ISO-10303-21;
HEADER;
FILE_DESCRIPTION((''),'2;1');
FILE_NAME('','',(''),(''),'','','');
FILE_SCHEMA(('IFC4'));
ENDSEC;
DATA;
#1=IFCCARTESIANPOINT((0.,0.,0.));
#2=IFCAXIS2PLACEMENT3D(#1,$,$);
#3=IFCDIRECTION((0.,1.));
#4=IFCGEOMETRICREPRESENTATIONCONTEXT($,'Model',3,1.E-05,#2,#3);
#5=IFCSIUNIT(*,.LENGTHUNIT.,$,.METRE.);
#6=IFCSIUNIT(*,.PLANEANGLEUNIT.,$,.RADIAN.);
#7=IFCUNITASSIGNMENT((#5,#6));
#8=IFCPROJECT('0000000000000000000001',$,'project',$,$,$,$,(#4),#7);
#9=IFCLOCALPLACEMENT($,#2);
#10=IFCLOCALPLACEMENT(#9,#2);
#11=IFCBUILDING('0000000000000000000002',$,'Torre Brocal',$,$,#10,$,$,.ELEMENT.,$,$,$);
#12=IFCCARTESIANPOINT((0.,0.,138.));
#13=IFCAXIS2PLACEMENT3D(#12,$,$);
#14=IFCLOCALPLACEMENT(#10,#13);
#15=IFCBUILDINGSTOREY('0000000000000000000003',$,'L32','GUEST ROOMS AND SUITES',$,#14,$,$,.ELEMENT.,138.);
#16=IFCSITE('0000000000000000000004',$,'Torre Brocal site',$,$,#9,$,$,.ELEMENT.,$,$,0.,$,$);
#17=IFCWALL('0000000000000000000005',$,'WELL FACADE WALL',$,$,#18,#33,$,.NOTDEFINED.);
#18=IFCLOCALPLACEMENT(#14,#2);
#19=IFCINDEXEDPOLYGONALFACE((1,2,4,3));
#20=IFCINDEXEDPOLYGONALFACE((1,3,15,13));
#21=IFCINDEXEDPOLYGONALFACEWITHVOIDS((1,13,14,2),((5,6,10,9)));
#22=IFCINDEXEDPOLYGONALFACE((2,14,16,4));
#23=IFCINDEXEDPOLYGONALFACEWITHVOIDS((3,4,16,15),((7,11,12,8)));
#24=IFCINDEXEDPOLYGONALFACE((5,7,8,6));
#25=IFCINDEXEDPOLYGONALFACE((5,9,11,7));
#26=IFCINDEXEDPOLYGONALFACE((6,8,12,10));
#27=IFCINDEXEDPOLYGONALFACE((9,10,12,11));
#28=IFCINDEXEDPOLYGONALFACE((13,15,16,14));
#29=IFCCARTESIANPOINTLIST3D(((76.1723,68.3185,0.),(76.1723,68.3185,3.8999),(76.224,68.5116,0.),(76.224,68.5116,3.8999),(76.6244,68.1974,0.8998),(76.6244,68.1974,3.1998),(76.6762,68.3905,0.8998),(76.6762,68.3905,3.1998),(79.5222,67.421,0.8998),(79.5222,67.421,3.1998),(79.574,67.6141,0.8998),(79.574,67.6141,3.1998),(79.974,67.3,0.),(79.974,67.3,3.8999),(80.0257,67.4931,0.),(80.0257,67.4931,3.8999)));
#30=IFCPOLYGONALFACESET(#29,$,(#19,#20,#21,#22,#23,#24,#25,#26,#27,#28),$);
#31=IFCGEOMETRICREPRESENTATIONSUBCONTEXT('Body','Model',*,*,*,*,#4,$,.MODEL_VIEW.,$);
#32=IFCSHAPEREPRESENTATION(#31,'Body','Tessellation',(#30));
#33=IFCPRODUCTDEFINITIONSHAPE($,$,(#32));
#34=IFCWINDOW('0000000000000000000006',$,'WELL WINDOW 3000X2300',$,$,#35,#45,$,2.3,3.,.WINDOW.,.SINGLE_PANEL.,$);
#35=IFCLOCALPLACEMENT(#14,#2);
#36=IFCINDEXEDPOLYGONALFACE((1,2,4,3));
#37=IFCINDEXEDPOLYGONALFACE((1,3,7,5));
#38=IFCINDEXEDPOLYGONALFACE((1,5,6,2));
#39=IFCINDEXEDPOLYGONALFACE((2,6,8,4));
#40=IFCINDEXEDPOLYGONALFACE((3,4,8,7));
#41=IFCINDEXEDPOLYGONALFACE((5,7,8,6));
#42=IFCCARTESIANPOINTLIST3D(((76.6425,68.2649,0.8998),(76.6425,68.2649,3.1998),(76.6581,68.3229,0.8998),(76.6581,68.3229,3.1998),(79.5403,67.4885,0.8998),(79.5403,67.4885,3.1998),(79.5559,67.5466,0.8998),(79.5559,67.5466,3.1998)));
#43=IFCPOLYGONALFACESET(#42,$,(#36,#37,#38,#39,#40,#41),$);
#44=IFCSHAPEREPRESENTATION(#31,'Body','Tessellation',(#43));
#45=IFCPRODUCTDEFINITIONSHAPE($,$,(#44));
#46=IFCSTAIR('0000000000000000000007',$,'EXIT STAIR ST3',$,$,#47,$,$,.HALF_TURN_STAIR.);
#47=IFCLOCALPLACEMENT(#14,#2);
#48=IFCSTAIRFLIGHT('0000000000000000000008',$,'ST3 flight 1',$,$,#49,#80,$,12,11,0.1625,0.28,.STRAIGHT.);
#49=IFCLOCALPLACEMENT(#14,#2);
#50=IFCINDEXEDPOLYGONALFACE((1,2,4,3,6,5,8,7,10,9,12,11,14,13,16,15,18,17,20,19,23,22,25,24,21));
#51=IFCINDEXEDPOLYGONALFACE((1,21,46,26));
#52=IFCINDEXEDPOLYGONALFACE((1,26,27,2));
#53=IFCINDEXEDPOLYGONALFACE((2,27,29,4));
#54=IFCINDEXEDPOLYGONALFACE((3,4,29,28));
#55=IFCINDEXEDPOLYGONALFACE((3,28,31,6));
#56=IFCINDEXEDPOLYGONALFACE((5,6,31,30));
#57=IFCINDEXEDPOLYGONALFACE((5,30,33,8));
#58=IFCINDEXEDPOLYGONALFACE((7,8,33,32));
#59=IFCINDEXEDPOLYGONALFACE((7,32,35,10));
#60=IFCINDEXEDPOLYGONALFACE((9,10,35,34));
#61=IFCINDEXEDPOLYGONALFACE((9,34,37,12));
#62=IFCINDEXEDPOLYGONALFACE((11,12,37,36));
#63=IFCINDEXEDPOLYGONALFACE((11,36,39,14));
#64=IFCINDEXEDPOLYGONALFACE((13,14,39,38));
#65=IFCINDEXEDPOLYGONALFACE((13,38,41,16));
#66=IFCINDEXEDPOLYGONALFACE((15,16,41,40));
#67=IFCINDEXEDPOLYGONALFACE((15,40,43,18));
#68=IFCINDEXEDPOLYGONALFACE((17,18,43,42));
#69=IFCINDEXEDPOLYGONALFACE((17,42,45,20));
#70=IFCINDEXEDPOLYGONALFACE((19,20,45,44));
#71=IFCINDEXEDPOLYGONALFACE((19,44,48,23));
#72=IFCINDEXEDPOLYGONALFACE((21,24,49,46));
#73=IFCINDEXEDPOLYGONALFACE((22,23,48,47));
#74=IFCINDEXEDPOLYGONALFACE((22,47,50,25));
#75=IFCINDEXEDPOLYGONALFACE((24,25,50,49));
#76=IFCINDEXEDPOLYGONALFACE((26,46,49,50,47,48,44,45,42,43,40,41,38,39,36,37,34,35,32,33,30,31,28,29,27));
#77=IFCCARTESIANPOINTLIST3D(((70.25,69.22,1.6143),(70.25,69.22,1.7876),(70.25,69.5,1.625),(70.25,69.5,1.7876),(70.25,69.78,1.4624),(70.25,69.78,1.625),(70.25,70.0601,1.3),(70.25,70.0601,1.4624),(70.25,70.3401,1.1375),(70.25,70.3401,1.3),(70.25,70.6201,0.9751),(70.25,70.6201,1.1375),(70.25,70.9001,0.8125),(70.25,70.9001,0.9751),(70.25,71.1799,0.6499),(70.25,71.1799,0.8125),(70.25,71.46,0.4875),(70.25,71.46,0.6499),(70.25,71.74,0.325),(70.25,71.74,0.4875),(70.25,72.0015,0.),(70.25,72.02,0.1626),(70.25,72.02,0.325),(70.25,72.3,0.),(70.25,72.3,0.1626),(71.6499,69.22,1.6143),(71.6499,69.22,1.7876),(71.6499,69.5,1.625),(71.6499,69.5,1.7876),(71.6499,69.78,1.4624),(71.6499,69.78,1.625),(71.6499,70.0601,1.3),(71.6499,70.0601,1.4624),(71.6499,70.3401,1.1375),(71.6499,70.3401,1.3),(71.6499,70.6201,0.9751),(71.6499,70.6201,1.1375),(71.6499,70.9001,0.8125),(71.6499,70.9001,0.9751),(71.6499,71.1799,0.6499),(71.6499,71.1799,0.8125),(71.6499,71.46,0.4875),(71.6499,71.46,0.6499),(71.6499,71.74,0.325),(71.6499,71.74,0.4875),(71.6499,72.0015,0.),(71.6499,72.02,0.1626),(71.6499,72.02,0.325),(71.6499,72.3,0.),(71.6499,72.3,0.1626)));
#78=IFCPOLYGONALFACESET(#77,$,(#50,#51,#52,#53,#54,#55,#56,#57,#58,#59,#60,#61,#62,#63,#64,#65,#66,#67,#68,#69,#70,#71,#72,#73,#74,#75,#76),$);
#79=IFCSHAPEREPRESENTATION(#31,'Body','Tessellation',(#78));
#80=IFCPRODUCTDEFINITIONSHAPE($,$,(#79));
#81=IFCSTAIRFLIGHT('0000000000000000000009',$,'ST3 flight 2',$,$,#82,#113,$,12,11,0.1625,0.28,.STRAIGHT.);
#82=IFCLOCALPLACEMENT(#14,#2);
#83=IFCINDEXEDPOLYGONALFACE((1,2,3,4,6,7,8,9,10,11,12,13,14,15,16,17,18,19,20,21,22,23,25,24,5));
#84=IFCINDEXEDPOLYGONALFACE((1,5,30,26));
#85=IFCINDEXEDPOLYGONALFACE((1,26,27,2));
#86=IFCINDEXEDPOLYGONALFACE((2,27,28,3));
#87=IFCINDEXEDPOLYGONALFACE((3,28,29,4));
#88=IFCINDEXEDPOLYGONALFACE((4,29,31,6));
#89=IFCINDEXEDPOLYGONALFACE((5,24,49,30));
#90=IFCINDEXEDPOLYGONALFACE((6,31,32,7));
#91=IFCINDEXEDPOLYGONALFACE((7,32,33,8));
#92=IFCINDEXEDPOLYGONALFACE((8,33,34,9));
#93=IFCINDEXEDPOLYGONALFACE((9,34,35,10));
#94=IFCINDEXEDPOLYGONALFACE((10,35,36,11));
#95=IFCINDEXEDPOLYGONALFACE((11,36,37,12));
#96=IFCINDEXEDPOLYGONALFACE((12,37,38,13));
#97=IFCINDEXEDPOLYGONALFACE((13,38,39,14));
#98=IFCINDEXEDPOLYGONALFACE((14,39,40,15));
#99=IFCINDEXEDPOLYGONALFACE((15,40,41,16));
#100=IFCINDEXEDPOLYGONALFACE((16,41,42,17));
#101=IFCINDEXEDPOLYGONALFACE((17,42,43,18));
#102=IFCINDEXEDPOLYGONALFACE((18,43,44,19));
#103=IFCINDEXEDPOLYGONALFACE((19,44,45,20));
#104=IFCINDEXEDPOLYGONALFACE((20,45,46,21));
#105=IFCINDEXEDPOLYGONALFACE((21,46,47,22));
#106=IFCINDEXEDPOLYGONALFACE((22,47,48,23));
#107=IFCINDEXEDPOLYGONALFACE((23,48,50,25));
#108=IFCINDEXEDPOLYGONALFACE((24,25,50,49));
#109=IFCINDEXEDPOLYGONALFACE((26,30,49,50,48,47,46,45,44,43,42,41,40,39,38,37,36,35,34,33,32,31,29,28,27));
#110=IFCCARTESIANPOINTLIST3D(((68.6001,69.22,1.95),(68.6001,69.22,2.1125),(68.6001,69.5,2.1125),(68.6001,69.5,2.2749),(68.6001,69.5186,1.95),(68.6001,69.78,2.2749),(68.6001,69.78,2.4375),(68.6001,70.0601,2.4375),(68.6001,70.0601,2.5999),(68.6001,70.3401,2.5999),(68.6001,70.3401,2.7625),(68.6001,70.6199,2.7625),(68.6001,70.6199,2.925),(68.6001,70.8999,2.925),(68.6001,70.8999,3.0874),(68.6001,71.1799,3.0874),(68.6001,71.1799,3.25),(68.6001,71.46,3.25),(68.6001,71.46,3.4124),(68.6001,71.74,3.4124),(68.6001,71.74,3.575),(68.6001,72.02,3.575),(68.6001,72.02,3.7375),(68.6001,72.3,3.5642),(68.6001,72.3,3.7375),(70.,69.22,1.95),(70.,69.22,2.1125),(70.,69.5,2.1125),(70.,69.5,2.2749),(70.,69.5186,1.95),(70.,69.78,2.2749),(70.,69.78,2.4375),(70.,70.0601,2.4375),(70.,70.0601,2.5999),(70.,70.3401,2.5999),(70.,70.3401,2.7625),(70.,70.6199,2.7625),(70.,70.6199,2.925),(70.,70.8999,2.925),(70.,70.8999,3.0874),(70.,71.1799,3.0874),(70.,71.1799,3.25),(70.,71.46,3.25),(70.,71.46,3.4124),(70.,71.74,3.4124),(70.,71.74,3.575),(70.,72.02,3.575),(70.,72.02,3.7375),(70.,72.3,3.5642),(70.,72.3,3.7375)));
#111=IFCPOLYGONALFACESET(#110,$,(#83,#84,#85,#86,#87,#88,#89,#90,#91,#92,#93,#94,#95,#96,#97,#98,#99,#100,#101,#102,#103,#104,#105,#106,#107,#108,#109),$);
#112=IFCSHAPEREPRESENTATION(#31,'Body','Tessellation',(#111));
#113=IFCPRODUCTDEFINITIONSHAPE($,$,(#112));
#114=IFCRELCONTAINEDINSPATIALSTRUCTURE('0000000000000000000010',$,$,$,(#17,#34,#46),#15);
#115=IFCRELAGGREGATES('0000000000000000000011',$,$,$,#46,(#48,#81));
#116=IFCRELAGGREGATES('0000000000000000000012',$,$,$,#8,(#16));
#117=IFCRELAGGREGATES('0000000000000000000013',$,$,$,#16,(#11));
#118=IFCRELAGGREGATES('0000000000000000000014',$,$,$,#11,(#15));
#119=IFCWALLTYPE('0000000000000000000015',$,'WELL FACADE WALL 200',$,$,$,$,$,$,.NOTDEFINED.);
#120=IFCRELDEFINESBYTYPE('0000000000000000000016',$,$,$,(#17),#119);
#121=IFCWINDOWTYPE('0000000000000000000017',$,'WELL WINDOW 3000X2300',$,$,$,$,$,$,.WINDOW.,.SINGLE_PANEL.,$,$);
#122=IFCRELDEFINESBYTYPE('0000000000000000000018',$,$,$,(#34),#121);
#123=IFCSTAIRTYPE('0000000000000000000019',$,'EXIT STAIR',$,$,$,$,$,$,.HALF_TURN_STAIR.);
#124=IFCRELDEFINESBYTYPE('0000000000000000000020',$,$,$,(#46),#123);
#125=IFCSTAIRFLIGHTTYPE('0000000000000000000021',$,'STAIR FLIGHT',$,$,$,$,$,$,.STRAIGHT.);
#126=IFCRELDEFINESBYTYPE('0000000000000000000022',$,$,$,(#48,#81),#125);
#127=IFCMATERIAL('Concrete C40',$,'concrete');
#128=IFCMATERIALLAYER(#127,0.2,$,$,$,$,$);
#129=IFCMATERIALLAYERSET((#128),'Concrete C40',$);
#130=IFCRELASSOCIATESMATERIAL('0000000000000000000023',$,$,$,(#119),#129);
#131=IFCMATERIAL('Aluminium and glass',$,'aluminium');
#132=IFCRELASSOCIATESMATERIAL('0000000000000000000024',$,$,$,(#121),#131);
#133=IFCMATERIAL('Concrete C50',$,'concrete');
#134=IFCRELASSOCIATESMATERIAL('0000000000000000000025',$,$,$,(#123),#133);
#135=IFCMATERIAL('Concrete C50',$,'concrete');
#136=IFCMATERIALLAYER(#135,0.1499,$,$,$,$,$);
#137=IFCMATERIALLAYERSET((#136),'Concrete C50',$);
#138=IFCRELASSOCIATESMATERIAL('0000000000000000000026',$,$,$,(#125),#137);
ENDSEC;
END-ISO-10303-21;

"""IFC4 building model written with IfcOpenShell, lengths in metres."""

from ifc_helpers import new_model, si_unit, direction, frame, frame_2d, origin, place, context, subcontext, project, spatial, polyline, rectangle, outline, extrude, material, layer, layer_set, type_object, element, fill, aggregate, save


model = new_model("IFC4")

# Units and contexts
model_context = context("Model", 3, precision=1e-05, world=origin(), true_north=direction((0.0, 1.0)))
body_context = subcontext(model_context, "Body", "Model", "MODEL_VIEW")
ifc_project = project(units=[si_unit("LENGTHUNIT", "METRE"), si_unit("PLANEANGLEUNIT", "RADIAN")], contexts=[model_context])

# Site, building, storey
site_placement = place(None, origin())
site = spatial("IfcSite", under=ifc_project, at=site_placement, Name="Torre Brocal site", CompositionType="ELEMENT", RefElevation=0.0)
building_placement = place(site_placement, origin())
building = spatial("IfcBuilding", under=site, at=building_placement, Name="Torre Brocal", CompositionType="ELEMENT")
storey_placement = place(building_placement, frame((0.0, 0.0, 138.0)))
storey = spatial("IfcBuildingStorey", under=building, at=storey_placement, Name="L32", Description="GUEST ROOMS AND SUITES", CompositionType="ELEMENT", Elevation=138.0)

# Wall, opening, window
ifc_material_1 = material(Name="Concrete C40", Category="concrete")
ifc_layer_1 = layer(ifc_material_1, 0.2)
ifc_layer_set_1 = layer_set([ifc_layer_1], Name="Concrete C40")
wall_type_1 = type_object("IfcWallType", Name="WELL FACADE WALL 200", PredefinedType="NOTDEFINED", material=ifc_layer_set_1)
ifc_material_2 = material(Name="Aluminium and glass", Category="aluminium")
window_type = type_object("IfcWindowType", Name="WELL WINDOW 3000X2300", PartitioningType="SINGLE_PANEL", PredefinedType="WINDOW", material=ifc_material_2)
wall_1_placement = place(storey_placement, frame((76.1982, 68.415, 0.0), z_axis=(0.0, 0.0, 1.0), x_axis=(0.965934, -0.25879, 0.0)))
wall_1 = element("IfcWall", 1, at=wall_1_placement, inside=storey, type_object=wall_type_1, Name="WELL FACADE WALL", PredefinedType="NOTDEFINED", context=body_context, shape_type="SweptSolid", body=[
    extrude(rectangle(XDim=3.9358, YDim=0.2, at=frame_2d((1.9678, 0.0))), origin(), (0.0, 0.0, 1.0), 3.8999),
])
opening_1_placement = place(wall_1_placement, frame((0.468, 0.0, 0.8999)))
opening_1 = element("IfcOpeningElement", 2, at=opening_1_placement, cuts=wall_1, PredefinedType="OPENING", context=body_context, shape_type="SweptSolid", body=[
    extrude(rectangle(XDim=3.0, YDim=2.3, at=frame_2d((1.5, 1.1499))), frame((0.0, 0.1099, 0.0), z_axis=(0.0, -1.0, 0.0), x_axis=(1.0, 0.0, 0.0)), (0.0, 0.0, 1.0), 0.22),
])
window_1_placement = place(opening_1_placement, origin())
window_1 = element("IfcWindow", 3, at=window_1_placement, inside=storey, type_object=window_type, Name="WELL WINDOW 3000X2300", OverallHeight=2.3, OverallWidth=3.0, PartitioningType="SINGLE_PANEL", PredefinedType="WINDOW", context=body_context, shape_type="SweptSolid", body=[
    extrude(rectangle(XDim=3.0, YDim=2.3, at=frame_2d((1.5, 1.1499))), frame((0.0, 0.03, 0.0), z_axis=(0.0, -1.0, 0.0), x_axis=(1.0, 0.0, 0.0)), (0.0, 0.0, 1.0), 0.0601),
])
fill(opening_1, window_1)

# Stair, stair flights
ifc_material_3 = material(Name="Concrete C50", Category="concrete")
stair_type = type_object("IfcStairType", Name="EXIT STAIR", PredefinedType="HALF_TURN_STAIR", material=ifc_material_3)
stair_placement = place(storey_placement, origin())
stair = element("IfcStair", 4, at=stair_placement, inside=storey, type_object=stair_type, Name="EXIT STAIR ST3", PredefinedType="HALF_TURN_STAIR")
ifc_material_4 = material(Name="Concrete C50", Category="concrete")
ifc_layer_2 = layer(ifc_material_4, 0.1499)
ifc_layer_set_2 = layer_set([ifc_layer_2], Name="Concrete C50")
stair_flight_type = type_object("IfcStairFlightType", Name="STAIR FLIGHT", PredefinedType="STRAIGHT", material=ifc_layer_set_2)
stair_flight_1_placement = place(storey_placement, frame((70.95, 72.3, 0.0), z_axis=(0.0, 0.0, 1.0), x_axis=(0.0, -1.0, 0.0)))
stair_flight_1 = element("IfcStairFlight", 5, at=stair_flight_1_placement, type_object=stair_flight_type, Name="ST3 flight 1", NumberOfRisers=12, NumberOfTreads=11, PredefinedType="STRAIGHT", RiserHeight=0.1625, TreadLength=0.28, context=body_context, shape_type="SweptSolid", body=[
    extrude(outline(polyline([(0.0, 0.0), (0.0, 0.1626), (0.28, 0.1626), (0.28, 0.325), (0.5601, 0.325), (0.5601, 0.4875), (0.8401, 0.4875), (0.8401, 0.6499), (1.1201, 0.6499), (1.1201, 0.8125), (1.3999, 0.8125), (1.3999, 0.9751), (1.6799, 0.9751), (1.6799, 1.1375), (1.96, 1.1375), (1.96, 1.3), (2.24, 1.3), (2.24, 1.4624), (2.52, 1.4624), (2.52, 1.625), (2.8, 1.625), (2.8, 1.7876), (3.0801, 1.7876), (3.0801, 1.95), (3.0801, 1.6143), (0.2986, 0.0), (0.0, 0.0)])), frame((0.0, 0.7, 0.0), z_axis=(0.0, -1.0, 0.0), x_axis=(1.0, 0.0, 0.0)), (0.0, 0.0, 1.0), 1.3999),
])
stair_flight_2_placement = place(storey_placement, frame((69.3, 69.22, 1.95), z_axis=(0.0, 0.0, 1.0), x_axis=(0.0, 1.0, 0.0)))
stair_flight_2 = element("IfcStairFlight", 6, at=stair_flight_2_placement, type_object=stair_flight_type, Name="ST3 flight 2", NumberOfRisers=12, NumberOfTreads=11, PredefinedType="STRAIGHT", RiserHeight=0.1625, TreadLength=0.28, context=body_context, shape_type="SweptSolid", body=[
    extrude(outline(polyline([(0.0, 0.0), (0.0, 0.1626), (0.28, 0.1626), (0.28, 0.325), (0.5601, 0.325), (0.5601, 0.4875), (0.8401, 0.4875), (0.8401, 0.6499), (1.1201, 0.6499), (1.1201, 0.8125), (1.3999, 0.8125), (1.3999, 0.9751), (1.6799, 0.9751), (1.6799, 1.1375), (1.96, 1.1375), (1.96, 1.3), (2.24, 1.3), (2.24, 1.4624), (2.52, 1.4624), (2.52, 1.625), (2.8, 1.625), (2.8, 1.7876), (3.0801, 1.7876), (3.0801, 1.95), (3.0801, 1.6143), (0.2986, 0.0), (0.0, 0.0)])), frame((0.0, 0.7, 0.0), z_axis=(0.0, -1.0, 0.0), x_axis=(1.0, 0.0, 0.0)), (0.0, 0.0, 1.0), 1.3999),
])
aggregate(stair, [stair_flight_1, stair_flight_2])

save(model, "model.ifc")
